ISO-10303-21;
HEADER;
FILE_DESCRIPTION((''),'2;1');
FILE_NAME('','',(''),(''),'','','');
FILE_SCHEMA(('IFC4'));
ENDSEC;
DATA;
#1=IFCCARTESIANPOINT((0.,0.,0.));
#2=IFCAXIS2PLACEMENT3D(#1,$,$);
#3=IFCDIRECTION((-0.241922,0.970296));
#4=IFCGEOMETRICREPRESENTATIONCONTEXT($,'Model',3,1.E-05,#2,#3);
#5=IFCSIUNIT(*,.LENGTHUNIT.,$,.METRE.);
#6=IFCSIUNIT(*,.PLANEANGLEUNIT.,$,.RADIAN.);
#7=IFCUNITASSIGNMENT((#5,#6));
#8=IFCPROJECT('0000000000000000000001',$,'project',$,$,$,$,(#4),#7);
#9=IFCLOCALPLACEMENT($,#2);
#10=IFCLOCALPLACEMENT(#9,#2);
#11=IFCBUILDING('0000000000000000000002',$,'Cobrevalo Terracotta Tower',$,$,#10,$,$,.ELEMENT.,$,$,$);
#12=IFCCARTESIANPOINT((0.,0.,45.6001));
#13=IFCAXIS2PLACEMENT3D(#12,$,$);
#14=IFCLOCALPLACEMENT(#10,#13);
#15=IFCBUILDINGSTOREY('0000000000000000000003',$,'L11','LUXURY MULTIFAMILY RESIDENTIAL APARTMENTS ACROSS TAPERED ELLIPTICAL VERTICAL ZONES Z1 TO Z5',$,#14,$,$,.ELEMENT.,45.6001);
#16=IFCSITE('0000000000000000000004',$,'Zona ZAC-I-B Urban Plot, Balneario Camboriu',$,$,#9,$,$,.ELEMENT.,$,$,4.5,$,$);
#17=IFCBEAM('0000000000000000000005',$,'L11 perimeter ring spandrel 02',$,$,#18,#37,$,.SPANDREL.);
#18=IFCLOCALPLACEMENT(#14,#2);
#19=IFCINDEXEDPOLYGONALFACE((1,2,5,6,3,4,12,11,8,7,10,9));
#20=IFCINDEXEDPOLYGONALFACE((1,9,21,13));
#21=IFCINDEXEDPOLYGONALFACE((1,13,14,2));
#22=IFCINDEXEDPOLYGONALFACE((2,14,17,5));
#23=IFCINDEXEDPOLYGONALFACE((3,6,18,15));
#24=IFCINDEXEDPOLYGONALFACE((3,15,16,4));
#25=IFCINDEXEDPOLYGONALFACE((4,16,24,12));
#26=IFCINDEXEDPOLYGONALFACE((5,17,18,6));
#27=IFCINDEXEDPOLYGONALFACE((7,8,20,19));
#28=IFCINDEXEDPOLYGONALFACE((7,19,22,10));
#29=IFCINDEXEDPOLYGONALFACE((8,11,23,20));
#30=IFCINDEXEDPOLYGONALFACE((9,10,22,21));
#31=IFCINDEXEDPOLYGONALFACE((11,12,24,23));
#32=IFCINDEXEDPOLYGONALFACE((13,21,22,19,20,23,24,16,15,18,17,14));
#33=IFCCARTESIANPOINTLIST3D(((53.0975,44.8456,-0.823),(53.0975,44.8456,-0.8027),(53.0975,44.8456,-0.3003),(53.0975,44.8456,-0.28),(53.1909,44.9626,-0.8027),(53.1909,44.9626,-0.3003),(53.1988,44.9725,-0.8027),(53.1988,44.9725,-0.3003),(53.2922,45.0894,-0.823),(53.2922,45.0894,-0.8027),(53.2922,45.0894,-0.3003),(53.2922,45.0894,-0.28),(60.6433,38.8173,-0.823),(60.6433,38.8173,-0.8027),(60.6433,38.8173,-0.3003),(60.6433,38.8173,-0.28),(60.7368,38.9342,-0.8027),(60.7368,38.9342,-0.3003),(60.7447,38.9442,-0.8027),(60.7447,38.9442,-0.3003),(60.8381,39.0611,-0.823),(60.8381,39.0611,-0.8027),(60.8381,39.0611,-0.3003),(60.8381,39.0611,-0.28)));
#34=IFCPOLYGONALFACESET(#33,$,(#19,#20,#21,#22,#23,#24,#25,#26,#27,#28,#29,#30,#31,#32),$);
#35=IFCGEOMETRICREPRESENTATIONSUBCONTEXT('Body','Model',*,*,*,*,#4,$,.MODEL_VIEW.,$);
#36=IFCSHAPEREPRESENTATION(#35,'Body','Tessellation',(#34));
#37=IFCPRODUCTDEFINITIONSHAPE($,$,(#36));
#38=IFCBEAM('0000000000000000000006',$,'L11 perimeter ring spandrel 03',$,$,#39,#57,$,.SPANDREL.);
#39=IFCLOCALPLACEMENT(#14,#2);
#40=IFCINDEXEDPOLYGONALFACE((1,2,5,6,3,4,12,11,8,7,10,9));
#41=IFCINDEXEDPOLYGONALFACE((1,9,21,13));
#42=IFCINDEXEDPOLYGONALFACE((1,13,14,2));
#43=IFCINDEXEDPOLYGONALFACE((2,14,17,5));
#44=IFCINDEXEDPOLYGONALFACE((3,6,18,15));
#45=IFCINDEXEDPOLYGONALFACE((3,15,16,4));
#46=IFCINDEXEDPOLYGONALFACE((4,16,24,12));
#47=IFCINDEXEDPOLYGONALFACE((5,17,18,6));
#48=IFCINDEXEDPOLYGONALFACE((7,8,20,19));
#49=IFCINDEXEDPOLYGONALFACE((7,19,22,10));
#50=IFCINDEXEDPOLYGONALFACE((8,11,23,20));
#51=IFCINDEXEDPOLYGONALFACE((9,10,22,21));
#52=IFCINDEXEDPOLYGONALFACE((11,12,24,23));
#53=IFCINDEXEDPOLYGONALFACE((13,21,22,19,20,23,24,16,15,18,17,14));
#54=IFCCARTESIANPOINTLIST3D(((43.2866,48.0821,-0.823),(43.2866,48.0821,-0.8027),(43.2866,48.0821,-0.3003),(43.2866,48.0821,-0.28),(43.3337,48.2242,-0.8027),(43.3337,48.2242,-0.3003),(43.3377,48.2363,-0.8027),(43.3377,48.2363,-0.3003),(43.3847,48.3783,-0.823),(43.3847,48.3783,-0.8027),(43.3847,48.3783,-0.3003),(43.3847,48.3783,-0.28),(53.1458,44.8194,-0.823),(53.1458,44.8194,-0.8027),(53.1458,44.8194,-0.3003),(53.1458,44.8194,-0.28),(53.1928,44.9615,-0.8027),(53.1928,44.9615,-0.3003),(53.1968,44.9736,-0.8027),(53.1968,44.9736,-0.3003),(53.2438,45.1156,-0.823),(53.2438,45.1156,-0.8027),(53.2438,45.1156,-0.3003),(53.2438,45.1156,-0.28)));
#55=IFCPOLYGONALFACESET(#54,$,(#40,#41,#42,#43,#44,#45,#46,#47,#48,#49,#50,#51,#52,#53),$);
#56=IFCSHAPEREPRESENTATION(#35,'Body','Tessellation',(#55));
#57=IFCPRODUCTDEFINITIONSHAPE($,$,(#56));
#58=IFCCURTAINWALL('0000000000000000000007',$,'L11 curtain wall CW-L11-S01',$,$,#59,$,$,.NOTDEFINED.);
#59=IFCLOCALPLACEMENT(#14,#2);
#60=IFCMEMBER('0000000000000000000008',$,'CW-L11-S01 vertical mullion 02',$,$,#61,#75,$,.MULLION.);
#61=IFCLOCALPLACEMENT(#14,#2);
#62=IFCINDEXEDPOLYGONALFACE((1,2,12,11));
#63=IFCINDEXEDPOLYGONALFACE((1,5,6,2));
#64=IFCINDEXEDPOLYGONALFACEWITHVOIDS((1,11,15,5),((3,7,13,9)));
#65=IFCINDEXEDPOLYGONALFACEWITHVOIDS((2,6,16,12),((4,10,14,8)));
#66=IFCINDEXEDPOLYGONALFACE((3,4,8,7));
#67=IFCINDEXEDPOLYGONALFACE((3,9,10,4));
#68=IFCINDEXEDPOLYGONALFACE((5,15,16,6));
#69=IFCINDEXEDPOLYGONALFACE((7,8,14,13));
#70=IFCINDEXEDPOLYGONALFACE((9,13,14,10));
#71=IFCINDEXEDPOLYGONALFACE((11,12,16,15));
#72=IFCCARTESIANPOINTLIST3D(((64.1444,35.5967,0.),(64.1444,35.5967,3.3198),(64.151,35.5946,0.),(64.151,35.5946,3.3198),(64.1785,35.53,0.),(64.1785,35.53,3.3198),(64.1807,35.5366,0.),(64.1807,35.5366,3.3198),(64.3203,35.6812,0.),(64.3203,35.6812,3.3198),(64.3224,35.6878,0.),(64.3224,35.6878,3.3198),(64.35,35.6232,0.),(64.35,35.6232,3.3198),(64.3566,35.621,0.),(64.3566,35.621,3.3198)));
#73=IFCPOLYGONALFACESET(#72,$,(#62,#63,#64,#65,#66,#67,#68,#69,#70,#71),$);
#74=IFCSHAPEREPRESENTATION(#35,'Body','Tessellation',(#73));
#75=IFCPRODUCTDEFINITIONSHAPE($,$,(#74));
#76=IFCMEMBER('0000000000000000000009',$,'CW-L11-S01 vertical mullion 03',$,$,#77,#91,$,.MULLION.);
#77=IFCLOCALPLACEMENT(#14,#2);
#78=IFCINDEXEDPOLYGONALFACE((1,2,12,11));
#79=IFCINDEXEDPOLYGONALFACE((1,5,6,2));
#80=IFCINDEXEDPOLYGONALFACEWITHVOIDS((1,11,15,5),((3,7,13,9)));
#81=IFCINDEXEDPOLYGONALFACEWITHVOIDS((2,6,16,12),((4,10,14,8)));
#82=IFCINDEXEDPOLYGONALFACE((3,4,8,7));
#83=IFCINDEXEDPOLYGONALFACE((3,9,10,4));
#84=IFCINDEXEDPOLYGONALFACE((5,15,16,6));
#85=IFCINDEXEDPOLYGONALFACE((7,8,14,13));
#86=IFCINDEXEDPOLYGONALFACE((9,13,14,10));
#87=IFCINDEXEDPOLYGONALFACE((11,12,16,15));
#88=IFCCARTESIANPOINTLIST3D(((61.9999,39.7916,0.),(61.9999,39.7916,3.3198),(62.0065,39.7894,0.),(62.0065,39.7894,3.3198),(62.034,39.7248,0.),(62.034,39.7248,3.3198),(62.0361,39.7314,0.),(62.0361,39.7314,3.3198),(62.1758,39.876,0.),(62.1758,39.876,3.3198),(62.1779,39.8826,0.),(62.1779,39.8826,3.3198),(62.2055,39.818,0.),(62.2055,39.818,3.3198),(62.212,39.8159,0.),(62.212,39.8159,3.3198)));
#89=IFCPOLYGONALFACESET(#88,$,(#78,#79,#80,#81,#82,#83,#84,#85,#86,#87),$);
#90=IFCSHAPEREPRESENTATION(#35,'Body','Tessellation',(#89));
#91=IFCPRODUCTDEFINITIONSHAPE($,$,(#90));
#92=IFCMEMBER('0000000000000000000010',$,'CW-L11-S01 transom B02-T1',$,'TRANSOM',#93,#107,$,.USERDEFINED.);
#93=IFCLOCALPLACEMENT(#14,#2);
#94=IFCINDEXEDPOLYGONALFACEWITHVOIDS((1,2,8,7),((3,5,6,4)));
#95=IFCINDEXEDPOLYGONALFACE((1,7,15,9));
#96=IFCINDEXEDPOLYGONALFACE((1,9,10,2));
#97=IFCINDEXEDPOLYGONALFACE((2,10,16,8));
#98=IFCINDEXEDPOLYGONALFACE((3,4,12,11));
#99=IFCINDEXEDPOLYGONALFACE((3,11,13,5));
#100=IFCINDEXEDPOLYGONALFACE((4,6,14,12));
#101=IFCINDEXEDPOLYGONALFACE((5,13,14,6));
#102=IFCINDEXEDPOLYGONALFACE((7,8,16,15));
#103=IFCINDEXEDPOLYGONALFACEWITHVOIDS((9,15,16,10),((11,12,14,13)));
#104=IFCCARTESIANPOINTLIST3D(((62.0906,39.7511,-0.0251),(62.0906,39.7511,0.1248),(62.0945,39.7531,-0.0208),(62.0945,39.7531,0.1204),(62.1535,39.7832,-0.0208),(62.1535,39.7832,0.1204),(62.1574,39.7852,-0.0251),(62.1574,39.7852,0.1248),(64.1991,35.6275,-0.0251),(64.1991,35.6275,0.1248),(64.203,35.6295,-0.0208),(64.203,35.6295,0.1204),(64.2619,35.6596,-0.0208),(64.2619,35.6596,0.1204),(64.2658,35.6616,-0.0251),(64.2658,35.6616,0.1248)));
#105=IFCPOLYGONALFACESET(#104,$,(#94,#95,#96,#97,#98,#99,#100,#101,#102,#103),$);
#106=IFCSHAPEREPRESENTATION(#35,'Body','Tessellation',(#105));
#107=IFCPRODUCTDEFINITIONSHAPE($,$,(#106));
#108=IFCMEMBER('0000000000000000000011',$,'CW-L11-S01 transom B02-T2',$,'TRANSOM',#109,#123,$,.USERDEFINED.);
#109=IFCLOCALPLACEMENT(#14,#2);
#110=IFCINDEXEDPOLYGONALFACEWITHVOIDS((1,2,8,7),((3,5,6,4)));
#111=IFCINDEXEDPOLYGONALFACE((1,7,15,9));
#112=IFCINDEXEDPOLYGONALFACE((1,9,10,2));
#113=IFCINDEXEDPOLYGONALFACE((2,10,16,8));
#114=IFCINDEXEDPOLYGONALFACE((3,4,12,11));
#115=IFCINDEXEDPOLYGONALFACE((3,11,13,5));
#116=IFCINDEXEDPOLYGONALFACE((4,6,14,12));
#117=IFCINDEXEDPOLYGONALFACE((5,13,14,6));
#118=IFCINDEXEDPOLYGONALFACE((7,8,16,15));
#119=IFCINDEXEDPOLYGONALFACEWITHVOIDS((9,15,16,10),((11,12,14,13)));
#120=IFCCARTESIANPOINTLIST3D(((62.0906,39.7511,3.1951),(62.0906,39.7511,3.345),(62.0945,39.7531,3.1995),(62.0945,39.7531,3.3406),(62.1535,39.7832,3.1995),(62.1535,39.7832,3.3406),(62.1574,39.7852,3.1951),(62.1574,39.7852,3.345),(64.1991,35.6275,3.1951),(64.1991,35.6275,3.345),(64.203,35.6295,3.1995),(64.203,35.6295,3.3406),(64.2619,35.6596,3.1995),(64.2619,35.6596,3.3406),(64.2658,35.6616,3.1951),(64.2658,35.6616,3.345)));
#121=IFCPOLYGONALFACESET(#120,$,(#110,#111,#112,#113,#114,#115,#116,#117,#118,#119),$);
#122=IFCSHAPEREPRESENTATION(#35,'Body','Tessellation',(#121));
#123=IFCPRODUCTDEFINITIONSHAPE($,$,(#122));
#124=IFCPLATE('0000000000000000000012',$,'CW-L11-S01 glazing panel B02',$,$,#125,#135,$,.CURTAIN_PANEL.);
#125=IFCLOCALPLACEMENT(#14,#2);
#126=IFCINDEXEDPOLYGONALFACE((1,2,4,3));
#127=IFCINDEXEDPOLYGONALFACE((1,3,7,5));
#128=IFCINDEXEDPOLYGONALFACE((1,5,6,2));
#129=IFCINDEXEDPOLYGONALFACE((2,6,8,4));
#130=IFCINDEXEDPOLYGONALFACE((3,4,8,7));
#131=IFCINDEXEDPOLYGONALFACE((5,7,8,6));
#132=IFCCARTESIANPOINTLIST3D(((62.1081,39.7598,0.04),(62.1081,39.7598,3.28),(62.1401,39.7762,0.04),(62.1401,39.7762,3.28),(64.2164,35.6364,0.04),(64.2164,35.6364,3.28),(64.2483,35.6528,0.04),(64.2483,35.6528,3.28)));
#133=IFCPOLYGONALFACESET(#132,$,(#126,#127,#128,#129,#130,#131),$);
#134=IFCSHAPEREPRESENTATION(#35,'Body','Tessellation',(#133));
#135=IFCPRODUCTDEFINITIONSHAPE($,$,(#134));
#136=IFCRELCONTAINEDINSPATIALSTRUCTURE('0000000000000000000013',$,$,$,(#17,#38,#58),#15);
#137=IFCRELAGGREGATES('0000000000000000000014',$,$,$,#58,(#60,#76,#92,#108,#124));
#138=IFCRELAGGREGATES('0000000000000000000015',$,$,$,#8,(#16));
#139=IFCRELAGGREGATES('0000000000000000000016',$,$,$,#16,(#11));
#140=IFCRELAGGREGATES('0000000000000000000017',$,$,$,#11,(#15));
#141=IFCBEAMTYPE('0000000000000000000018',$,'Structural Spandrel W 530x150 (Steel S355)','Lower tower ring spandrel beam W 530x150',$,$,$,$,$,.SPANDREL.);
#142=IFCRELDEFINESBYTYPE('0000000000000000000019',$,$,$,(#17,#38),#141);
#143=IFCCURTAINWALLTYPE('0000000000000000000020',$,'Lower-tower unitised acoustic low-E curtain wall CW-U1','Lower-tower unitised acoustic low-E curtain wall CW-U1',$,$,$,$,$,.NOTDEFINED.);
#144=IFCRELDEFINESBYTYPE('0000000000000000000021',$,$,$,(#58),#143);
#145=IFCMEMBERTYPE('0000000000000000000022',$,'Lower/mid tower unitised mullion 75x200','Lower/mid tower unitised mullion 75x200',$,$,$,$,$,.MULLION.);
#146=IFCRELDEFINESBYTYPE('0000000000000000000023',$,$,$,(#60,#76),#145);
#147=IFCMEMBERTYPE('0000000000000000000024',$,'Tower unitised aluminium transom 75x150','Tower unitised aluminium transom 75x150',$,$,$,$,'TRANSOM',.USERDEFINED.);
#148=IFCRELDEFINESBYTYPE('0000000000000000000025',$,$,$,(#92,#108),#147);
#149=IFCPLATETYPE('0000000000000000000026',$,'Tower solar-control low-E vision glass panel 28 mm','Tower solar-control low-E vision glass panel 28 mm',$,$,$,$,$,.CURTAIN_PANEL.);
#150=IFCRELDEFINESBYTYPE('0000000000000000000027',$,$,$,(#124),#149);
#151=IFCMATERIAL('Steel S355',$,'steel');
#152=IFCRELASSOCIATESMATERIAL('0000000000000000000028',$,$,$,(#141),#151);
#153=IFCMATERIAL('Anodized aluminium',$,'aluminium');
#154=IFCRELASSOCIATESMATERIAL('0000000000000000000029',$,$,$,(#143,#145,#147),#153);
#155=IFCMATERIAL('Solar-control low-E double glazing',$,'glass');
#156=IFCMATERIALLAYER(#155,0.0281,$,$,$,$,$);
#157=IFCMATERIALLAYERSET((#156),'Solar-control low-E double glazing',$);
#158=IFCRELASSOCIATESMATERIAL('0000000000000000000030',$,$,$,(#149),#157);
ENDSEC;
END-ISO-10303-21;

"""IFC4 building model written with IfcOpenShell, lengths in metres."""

from ifc_helpers import new_model, si_unit, direction, frame, origin, origin_2d, place, context, subcontext, project, spatial, rectangle, hollow_rectangle, i_section, extrude, source, transform, mapped, material, layer, layer_set, material_profile, profile_set, type_object, element, aggregate, save


model = new_model("IFC4")

# Units and contexts
model_context = context("Model", 3, precision=1e-05, world=origin(), true_north=direction((-0.241922, 0.970296)))
body_context = subcontext(model_context, "Body", "Model", "MODEL_VIEW")
ifc_project = project(units=[si_unit("LENGTHUNIT", "METRE"), si_unit("PLANEANGLEUNIT", "RADIAN")], contexts=[model_context])

# Site, building, storey
site_placement = place(None, origin())
site = spatial("IfcSite", under=ifc_project, at=site_placement, Name="Zona ZAC-I-B Urban Plot, Balneario Camboriu", CompositionType="ELEMENT", RefElevation=4.5)
building_placement = place(site_placement, origin())
building = spatial("IfcBuilding", under=site, at=building_placement, Name="Cobrevalo Terracotta Tower", CompositionType="ELEMENT")
storey_placement = place(building_placement, frame((0.0, 0.0, 45.6001)))
storey = spatial("IfcBuildingStorey", under=building, at=storey_placement, Name="L11", Description="LUXURY MULTIFAMILY RESIDENTIAL APARTMENTS ACROSS TAPERED ELLIPTICAL VERTICAL ZONES Z1 TO Z5", CompositionType="ELEMENT", Elevation=45.6001)

# Shared definitions
ifc_material_1 = material(Name="Steel S355", Category="steel")

# Beams
ifc_material_profile_1 = material_profile(ifc_material_1, i_section(OverallWidth=0.312, OverallDepth=0.543, WebThickness=0.0127, FlangeThickness=0.0203, at=origin_2d()), Name="W 530x150")
ifc_profile_set_1 = profile_set([ifc_material_profile_1], Name="Steel S355")
beam_type_1 = type_object("IfcBeamType", Name="Structural Spandrel W 530x150 (Steel S355)", Description="Lower tower ring spandrel beam W 530x150", PredefinedType="SPANDREL", material=ifc_profile_set_1)
beam_1_placement = place(storey_placement, frame((60.7407, 38.9392, -0.5515), z_axis=(-0.781293, 0.624165, 0.0), x_axis=(-0.624165, -0.781293, 0.0)))
element("IfcBeam", 1, at=beam_1_placement, inside=storey, type_object=beam_type_1, Name="L11 perimeter ring spandrel 02", PredefinedType="SPANDREL", context=body_context, shape_type="SweptSolid", body=[
    extrude(i_section(OverallWidth=0.312, OverallDepth=0.543, WebThickness=0.0127, FlangeThickness=0.0203, at=origin_2d()), origin(), (0.0, 0.0, 1.0), 9.6582),
])
beam_2_placement = place(storey_placement, frame((53.1948, 44.9675, -0.5515), z_axis=(-0.949365, 0.314175, 0.0), x_axis=(-0.314175, -0.949365, 0.0)))
element("IfcBeam", 2, at=beam_2_placement, inside=storey, type_object=beam_type_1, Name="L11 perimeter ring spandrel 03", PredefinedType="SPANDREL", context=body_context, shape_type="SweptSolid", body=[
    extrude(i_section(OverallWidth=0.312, OverallDepth=0.543, WebThickness=0.0127, FlangeThickness=0.0203, at=origin_2d()), origin(), (0.0, 0.0, 1.0), 10.385),
])

# Curtain wall, members, plate
ifc_material_2 = material(Name="Anodized aluminium", Category="aluminium")
curtain_wall_type = type_object("IfcCurtainWallType", Name="Lower-tower unitised acoustic low-E curtain wall CW-U1", Description="Lower-tower unitised acoustic low-E curtain wall CW-U1", PredefinedType="NOTDEFINED", material=ifc_material_2)
curtain_wall_placement = place(storey_placement, origin())
curtain_wall = element("IfcCurtainWall", 3, at=curtain_wall_placement, inside=storey, type_object=curtain_wall_type, Name="L11 curtain wall CW-L11-S01", PredefinedType="NOTDEFINED")
ifc_material_profile_2 = material_profile(ifc_material_2, hollow_rectangle(XDim=0.075, YDim=0.2, WallThickness=0.0049, at=origin_2d()), Name="CWM 75x200")
ifc_profile_set_2 = profile_set([ifc_material_profile_2], Name="Anodized aluminium")
member_type_1 = type_object("IfcMemberType", Name="Lower/mid tower unitised mullion 75x200", Description="Lower/mid tower unitised mullion 75x200", PredefinedType="MULLION", material=ifc_profile_set_2)
shared_shape_1 = source(origin(), body_context, "Body", "SweptSolid", [
    extrude(hollow_rectangle(XDim=0.075, YDim=0.2, WallThickness=0.0049, at=origin_2d()), origin(), (0.0, 0.0, 1.0), 3.3198),
])
member_1_placement = place(storey_placement, frame((64.2505, 35.6089, 0.0), z_axis=(0.0, 0.0, 1.0), x_axis=(-0.455234, 0.890372, 0.0)))
member_1 = element("IfcMember", 4, at=member_1_placement, type_object=member_type_1, Name="CW-L11-S01 vertical mullion 02", PredefinedType="MULLION", context=body_context, shape_type="MappedRepresentation", body=[
    mapped(shared_shape_1, transform((0.0, 0.0, 0.0), scale=1.0)),
])
member_2_placement = place(storey_placement, frame((62.106, 39.8037, 0.0), z_axis=(0.0, 0.0, 1.0), x_axis=(-0.455234, 0.890372, 0.0)))
member_2 = element("IfcMember", 5, at=member_2_placement, type_object=member_type_1, Name="CW-L11-S01 vertical mullion 03", PredefinedType="MULLION", context=body_context, shape_type="MappedRepresentation", body=[
    mapped(shared_shape_1, transform((0.0, 0.0, 0.0), scale=1.0)),
])
ifc_material_profile_3 = material_profile(ifc_material_2, hollow_rectangle(XDim=0.075, YDim=0.1499, WallThickness=0.0044, at=origin_2d()), Name="CWT 75x150")
ifc_profile_set_3 = profile_set([ifc_material_profile_3], Name="Anodized aluminium")
member_type_2 = type_object("IfcMemberType", Name="Tower unitised aluminium transom 75x150", Description="Tower unitised aluminium transom 75x150", ElementType="TRANSOM", PredefinedType="USERDEFINED", material=ifc_profile_set_3)
shared_shape_2 = source(origin(), body_context, "Body", "SweptSolid", [
    extrude(hollow_rectangle(XDim=0.075, YDim=0.1499, WallThickness=0.0044, at=origin_2d()), origin(), (0.0, 0.0, 1.0), 4.6313),
])
member_3_placement = place(storey_placement, frame((64.2324, 35.6445, 0.0498), z_axis=(-0.45525, 0.890363, 0.0), x_axis=(-0.890363, -0.45525, 0.0)))
member_3 = element("IfcMember", 6, at=member_3_placement, type_object=member_type_2, Name="CW-L11-S01 transom B02-T1", ObjectType="TRANSOM", PredefinedType="USERDEFINED", context=body_context, shape_type="MappedRepresentation", body=[
    mapped(shared_shape_2, transform((0.0, 0.0, 0.0), scale=1.0)),
])
member_4_placement = place(storey_placement, frame((64.2324, 35.6445, 3.27), z_axis=(-0.45525, 0.890363, 0.0), x_axis=(-0.890363, -0.45525, 0.0)))
member_4 = element("IfcMember", 7, at=member_4_placement, type_object=member_type_2, Name="CW-L11-S01 transom B02-T2", ObjectType="TRANSOM", PredefinedType="USERDEFINED", context=body_context, shape_type="MappedRepresentation", body=[
    mapped(shared_shape_2, transform((0.0, 0.0, 0.0), scale=1.0)),
])
ifc_material_3 = material(Name="Solar-control low-E double glazing", Category="glass")
ifc_layer_1 = layer(ifc_material_3, 0.0281)
ifc_layer_set_1 = layer_set([ifc_layer_1], Name="Solar-control low-E double glazing")
plate_type = type_object("IfcPlateType", Name="Tower solar-control low-E vision glass panel 28 mm", Description="Tower solar-control low-E vision glass panel 28 mm", PredefinedType="CURTAIN_PANEL", material=ifc_layer_set_1)
shared_shape_3 = source(origin(), body_context, "Body", "SweptSolid", [
    extrude(rectangle(XDim=4.6311, YDim=0.0359, at=origin_2d()), origin(), (0.0, 0.0, 1.0), 3.24),
])
plate_placement = place(storey_placement, frame((63.1782, 37.7063, 0.04), z_axis=(0.0, 0.0, 1.0), x_axis=(-0.455231, 0.890373, 0.0)))
plate = element("IfcPlate", 8, at=plate_placement, type_object=plate_type, Name="CW-L11-S01 glazing panel B02", PredefinedType="CURTAIN_PANEL", context=body_context, shape_type="MappedRepresentation", body=[
    mapped(shared_shape_3, transform((0.0, 0.0, 0.0), scale=1.0)),
])
aggregate(curtain_wall, [member_1, member_2, member_3, member_4, plate])

save(model, "model.ifc")
